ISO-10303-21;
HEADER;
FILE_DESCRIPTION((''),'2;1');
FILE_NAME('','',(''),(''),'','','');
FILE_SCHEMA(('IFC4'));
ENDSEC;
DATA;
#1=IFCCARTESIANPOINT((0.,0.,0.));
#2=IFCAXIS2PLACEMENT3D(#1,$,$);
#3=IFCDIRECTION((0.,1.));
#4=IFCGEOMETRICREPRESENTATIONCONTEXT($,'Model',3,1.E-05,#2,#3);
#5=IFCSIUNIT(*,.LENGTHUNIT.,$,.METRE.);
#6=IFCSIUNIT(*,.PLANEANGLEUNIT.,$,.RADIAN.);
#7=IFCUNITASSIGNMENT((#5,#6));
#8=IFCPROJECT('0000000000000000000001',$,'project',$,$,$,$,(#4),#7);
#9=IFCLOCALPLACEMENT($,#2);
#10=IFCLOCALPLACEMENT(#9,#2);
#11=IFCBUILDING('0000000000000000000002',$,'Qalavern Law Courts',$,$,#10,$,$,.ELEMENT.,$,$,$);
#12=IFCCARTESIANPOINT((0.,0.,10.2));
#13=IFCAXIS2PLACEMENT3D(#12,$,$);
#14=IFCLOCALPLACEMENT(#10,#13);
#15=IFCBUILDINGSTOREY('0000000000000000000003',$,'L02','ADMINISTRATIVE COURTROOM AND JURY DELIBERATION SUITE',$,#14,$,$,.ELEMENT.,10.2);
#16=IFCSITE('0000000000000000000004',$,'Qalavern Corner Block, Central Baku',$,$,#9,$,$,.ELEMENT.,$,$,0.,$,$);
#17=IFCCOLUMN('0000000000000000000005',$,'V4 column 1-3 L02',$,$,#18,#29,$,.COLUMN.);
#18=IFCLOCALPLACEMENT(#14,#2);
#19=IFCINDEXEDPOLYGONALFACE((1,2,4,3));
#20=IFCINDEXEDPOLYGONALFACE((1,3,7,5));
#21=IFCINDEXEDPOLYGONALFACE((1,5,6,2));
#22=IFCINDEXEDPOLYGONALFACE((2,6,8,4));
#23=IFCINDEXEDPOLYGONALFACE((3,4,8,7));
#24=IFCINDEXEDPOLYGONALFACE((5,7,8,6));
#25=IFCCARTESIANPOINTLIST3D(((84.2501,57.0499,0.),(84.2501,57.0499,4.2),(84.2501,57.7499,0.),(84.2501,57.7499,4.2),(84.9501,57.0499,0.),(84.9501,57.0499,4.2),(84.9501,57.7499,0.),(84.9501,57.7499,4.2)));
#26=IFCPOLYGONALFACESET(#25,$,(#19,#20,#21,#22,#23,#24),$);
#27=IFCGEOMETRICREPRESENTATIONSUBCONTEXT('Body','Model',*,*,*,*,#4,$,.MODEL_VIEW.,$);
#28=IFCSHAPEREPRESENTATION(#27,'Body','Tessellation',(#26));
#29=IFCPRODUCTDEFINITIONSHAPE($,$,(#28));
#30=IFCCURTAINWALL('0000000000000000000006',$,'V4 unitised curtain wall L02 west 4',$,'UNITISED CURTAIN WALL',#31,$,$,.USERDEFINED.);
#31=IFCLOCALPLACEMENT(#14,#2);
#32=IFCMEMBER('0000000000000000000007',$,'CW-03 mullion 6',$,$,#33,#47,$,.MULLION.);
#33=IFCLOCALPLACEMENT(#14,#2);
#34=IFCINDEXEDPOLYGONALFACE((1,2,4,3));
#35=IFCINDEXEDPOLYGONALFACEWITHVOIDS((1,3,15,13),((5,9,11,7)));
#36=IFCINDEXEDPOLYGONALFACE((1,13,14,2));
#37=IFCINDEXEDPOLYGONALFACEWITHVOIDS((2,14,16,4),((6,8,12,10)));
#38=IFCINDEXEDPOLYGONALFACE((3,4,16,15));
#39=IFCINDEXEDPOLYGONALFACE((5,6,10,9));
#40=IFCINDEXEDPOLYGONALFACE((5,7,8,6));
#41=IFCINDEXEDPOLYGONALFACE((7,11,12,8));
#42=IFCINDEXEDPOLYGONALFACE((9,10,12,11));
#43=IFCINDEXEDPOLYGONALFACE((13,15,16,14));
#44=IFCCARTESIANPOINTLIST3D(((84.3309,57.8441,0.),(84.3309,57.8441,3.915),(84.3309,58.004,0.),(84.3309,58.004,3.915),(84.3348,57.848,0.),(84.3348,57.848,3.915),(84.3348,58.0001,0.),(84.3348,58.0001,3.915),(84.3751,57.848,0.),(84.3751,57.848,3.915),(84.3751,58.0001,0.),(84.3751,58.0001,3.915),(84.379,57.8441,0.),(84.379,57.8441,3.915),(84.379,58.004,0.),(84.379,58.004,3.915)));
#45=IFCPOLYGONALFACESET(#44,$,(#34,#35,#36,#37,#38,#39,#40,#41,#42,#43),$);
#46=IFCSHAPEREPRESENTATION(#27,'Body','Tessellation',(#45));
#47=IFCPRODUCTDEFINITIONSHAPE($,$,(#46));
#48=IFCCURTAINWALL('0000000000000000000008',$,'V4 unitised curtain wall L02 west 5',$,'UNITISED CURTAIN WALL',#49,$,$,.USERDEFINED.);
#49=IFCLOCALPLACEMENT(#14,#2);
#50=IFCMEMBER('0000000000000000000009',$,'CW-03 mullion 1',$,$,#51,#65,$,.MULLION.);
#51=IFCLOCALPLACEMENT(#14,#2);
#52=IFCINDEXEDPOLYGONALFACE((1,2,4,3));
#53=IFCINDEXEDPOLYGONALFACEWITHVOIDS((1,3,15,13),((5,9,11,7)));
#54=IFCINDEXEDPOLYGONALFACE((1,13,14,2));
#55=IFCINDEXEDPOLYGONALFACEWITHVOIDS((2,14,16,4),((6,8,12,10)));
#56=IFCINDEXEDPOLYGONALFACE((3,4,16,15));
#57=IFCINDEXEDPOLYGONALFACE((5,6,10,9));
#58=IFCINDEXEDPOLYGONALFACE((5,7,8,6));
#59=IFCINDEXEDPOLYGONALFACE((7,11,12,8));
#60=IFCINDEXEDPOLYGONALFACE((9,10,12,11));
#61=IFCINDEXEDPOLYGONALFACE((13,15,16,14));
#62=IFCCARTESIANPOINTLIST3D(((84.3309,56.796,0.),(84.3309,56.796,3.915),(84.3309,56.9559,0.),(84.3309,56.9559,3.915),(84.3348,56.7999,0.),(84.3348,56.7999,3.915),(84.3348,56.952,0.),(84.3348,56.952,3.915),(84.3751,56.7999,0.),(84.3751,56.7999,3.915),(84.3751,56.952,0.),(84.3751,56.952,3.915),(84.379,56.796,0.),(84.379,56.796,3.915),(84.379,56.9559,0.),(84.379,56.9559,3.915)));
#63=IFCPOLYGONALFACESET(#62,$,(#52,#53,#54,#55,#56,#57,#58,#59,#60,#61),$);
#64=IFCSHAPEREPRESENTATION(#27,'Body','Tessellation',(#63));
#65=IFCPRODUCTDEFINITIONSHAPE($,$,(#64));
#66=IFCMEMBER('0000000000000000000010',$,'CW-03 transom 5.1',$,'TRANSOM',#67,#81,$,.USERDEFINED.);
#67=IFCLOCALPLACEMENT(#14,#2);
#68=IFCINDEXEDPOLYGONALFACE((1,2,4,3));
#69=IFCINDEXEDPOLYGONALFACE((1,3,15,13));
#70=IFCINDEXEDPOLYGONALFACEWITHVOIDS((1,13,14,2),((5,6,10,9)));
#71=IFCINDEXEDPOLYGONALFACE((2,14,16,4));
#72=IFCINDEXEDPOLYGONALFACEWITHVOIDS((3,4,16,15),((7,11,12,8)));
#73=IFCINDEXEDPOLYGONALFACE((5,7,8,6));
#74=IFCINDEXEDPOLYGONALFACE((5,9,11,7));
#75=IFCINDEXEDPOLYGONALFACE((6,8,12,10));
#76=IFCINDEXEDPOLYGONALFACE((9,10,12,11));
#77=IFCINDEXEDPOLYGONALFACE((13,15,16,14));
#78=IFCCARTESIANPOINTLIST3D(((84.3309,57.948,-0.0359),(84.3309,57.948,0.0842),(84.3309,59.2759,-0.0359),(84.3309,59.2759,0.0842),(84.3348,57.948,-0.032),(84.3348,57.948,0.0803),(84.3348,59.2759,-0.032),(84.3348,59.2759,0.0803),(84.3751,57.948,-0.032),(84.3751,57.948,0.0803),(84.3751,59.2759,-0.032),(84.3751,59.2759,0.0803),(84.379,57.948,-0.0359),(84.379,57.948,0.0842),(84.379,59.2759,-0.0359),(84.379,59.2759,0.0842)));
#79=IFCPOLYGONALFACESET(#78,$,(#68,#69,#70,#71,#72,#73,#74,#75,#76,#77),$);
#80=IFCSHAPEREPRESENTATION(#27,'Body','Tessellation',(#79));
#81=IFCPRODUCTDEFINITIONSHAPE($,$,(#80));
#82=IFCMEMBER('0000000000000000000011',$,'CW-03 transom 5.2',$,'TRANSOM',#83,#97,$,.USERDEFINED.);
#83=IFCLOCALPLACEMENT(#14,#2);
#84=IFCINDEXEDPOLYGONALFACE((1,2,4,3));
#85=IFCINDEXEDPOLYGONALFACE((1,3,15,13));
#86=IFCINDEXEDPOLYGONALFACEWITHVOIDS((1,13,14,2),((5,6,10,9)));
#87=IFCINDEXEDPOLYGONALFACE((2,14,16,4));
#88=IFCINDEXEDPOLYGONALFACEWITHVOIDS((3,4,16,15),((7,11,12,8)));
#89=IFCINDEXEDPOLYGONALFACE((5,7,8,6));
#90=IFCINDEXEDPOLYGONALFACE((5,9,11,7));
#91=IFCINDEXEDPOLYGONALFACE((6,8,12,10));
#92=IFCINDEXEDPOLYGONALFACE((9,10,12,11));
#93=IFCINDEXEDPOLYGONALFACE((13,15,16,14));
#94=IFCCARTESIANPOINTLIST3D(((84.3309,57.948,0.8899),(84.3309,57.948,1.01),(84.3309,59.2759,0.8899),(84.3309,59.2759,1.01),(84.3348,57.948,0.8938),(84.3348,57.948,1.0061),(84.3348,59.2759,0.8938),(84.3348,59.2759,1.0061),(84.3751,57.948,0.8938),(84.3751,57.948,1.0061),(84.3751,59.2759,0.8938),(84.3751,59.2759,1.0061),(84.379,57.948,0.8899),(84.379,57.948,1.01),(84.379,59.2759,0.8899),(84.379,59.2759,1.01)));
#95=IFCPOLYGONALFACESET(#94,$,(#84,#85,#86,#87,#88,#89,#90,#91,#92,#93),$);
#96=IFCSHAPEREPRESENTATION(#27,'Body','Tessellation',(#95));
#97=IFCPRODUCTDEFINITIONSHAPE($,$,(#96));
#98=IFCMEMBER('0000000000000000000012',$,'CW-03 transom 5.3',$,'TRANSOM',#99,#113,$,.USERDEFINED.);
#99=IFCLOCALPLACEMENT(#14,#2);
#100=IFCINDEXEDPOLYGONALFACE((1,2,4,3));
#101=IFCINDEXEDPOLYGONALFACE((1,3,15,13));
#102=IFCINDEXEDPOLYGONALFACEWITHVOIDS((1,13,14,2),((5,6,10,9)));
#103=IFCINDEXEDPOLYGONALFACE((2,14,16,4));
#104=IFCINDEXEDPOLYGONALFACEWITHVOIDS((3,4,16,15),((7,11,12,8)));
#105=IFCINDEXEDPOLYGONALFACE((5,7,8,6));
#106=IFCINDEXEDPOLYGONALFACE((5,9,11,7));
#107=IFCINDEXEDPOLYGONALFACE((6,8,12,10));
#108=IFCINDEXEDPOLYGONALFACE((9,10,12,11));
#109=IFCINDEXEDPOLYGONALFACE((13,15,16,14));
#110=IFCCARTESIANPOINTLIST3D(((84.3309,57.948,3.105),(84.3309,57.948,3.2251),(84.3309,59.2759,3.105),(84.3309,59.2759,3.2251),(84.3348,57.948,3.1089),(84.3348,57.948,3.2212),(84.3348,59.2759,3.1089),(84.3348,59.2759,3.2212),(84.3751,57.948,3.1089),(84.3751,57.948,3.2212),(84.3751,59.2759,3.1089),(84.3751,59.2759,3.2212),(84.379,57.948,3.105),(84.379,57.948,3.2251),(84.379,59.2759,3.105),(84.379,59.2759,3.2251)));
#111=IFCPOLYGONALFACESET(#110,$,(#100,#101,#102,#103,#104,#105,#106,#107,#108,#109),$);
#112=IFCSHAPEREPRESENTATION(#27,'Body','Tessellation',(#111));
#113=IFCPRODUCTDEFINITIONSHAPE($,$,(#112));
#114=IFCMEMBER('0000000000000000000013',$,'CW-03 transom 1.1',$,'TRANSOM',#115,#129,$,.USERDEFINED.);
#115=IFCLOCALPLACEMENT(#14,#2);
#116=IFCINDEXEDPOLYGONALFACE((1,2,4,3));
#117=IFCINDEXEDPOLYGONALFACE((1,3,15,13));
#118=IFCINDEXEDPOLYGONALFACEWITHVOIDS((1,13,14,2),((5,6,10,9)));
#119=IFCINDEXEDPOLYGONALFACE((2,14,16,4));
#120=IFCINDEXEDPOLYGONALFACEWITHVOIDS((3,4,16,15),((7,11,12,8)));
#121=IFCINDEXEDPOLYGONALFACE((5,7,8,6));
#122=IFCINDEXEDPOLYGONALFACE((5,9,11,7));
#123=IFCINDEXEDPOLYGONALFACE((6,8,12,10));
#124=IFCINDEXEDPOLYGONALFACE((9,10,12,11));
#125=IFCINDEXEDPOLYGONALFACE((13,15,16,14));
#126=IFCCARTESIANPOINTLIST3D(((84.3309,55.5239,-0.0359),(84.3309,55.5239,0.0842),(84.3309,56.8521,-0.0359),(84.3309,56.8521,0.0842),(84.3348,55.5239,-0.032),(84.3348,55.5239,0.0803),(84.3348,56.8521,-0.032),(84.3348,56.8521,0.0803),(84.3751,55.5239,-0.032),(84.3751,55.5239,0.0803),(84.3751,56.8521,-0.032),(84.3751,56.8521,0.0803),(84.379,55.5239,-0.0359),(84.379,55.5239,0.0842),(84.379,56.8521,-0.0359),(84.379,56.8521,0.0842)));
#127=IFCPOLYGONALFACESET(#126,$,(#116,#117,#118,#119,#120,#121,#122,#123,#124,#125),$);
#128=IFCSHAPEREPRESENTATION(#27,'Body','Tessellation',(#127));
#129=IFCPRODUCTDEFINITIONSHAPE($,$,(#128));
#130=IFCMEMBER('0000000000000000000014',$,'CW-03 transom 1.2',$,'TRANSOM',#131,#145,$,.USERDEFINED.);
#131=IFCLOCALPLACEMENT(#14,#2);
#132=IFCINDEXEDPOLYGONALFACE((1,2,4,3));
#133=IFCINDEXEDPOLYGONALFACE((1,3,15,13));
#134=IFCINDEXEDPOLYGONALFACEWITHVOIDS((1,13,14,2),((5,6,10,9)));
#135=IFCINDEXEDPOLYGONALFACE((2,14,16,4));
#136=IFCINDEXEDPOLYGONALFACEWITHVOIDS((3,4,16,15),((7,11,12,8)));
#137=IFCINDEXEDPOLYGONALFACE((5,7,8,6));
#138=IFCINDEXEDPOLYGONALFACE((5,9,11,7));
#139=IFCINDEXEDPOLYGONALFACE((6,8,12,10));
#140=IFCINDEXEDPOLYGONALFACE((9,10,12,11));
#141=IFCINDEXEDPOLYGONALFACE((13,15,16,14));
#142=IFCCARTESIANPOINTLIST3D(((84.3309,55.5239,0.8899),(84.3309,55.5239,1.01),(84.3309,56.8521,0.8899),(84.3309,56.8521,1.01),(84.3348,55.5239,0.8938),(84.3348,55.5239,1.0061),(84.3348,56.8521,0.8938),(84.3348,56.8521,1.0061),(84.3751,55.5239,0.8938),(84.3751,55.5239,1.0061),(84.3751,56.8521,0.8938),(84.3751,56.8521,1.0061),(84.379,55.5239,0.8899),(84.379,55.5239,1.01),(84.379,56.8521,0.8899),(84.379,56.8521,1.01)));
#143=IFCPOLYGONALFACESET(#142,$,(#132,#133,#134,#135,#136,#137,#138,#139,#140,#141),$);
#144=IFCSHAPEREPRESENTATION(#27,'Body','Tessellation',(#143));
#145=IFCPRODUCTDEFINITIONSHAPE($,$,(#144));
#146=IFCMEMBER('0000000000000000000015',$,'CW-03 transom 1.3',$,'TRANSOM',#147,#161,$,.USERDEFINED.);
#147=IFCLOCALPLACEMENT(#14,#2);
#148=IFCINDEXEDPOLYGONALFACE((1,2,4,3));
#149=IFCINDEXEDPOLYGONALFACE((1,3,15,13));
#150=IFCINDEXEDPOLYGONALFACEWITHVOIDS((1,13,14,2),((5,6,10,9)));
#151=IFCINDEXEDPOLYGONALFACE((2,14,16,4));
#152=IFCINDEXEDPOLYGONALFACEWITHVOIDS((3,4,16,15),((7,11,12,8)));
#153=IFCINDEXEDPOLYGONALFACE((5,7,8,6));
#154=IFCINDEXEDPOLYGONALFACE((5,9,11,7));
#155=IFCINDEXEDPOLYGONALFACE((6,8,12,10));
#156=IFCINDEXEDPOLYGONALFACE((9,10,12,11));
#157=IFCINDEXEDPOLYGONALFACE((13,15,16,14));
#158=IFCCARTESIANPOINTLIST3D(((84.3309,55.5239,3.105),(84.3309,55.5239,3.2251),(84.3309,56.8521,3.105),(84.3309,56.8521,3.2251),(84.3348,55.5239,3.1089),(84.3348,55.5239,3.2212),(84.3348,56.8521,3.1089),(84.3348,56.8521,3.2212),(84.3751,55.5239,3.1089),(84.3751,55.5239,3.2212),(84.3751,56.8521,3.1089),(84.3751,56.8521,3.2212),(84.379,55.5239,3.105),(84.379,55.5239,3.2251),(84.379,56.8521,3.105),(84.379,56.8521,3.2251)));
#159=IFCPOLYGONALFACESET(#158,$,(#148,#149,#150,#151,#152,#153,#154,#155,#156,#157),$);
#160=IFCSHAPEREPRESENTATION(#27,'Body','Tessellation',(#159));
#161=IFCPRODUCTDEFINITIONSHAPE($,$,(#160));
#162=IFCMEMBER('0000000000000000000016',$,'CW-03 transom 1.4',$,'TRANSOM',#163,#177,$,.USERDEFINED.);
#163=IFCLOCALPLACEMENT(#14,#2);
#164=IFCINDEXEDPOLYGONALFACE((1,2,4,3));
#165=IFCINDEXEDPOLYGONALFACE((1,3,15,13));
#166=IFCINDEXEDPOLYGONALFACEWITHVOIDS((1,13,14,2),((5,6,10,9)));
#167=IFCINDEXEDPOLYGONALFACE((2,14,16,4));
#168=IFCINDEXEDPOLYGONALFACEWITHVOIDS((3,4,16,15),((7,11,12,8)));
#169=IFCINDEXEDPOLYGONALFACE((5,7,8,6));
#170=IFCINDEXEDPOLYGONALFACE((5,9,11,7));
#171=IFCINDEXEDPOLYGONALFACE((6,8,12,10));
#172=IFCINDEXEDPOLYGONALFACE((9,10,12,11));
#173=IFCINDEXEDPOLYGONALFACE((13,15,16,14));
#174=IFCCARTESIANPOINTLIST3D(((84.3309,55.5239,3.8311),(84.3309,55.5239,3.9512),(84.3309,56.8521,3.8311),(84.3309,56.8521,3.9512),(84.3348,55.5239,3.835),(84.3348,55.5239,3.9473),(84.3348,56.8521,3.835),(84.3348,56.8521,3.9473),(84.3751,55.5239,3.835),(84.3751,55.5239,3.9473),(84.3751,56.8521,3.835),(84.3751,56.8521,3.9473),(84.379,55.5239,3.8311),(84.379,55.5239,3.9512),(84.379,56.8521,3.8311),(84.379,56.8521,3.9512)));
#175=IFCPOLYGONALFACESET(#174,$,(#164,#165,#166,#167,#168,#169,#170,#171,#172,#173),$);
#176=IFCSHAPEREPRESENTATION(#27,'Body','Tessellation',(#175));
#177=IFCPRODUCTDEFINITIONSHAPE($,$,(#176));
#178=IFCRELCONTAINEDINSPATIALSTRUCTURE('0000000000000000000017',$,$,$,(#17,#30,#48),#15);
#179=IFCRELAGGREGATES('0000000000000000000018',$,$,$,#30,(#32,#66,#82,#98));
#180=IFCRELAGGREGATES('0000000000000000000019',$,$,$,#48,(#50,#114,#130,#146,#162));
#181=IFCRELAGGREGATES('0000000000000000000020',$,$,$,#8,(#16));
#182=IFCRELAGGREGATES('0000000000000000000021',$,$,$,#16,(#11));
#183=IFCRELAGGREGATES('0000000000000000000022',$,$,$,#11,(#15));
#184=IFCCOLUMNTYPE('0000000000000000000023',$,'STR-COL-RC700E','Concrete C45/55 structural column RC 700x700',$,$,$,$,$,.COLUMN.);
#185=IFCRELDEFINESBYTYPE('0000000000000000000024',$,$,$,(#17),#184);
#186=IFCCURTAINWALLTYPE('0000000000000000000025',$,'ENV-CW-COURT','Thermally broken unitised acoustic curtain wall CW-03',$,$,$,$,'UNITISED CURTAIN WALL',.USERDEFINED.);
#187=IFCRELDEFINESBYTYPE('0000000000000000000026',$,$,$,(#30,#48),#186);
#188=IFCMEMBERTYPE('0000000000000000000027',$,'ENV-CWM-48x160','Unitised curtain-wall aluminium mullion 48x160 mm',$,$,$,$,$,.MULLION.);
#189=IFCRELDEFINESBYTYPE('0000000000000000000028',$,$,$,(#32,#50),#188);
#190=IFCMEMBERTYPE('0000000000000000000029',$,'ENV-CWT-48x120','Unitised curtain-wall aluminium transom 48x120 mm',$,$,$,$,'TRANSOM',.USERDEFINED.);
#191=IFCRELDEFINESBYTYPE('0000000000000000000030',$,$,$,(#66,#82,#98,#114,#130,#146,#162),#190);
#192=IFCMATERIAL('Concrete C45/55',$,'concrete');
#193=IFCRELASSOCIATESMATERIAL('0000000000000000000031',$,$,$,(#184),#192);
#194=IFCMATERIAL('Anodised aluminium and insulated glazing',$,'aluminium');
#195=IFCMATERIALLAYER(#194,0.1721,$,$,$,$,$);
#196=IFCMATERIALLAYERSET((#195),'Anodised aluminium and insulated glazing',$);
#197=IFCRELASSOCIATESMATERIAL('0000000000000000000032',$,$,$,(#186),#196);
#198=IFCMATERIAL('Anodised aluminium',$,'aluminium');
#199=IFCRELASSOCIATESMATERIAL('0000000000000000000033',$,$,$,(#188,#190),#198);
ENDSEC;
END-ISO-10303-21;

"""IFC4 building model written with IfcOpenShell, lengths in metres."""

from ifc_helpers import new_model, si_unit, direction, frame, origin, origin_2d, place, context, subcontext, project, spatial, rectangle, hollow_rectangle, extrude, material, layer, layer_set, material_profile, profile_set, type_object, element, aggregate, save


model = new_model("IFC4")

# Units and contexts
model_context = context("Model", 3, precision=1e-05, world=origin(), true_north=direction((0.0, 1.0)))
body_context = subcontext(model_context, "Body", "Model", "MODEL_VIEW")
ifc_project = project(units=[si_unit("LENGTHUNIT", "METRE"), si_unit("PLANEANGLEUNIT", "RADIAN")], contexts=[model_context])

# Site, building, storey
site_placement = place(None, origin())
site = spatial("IfcSite", under=ifc_project, at=site_placement, Name="Qalavern Corner Block, Central Baku", CompositionType="ELEMENT", RefElevation=0.0)
building_placement = place(site_placement, origin())
building = spatial("IfcBuilding", under=site, at=building_placement, Name="Qalavern Law Courts", CompositionType="ELEMENT")
storey_placement = place(building_placement, frame((0.0, 0.0, 10.2)))
storey = spatial("IfcBuildingStorey", under=building, at=storey_placement, Name="L02", Description="ADMINISTRATIVE COURTROOM AND JURY DELIBERATION SUITE", CompositionType="ELEMENT", Elevation=10.2)

# Column
ifc_material_1 = material(Name="Concrete C45/55", Category="concrete")
ifc_material_profile_1 = material_profile(ifc_material_1, rectangle(XDim=0.7, YDim=0.7, at=origin_2d()), Name="RC 700x700")
ifc_profile_set_1 = profile_set([ifc_material_profile_1], Name="Concrete C45/55")
column_type = type_object("IfcColumnType", Name="STR-COL-RC700E", Description="Concrete C45/55 structural column RC 700x700", PredefinedType="COLUMN", material=ifc_profile_set_1)
column_placement = place(storey_placement, frame((84.6001, 57.3999, 0.0), z_axis=(0.0, 0.0, 1.0), x_axis=(1.0, 0.0, 0.0)))
element("IfcColumn", 1, at=column_placement, inside=storey, type_object=column_type, Name="V4 column 1-3 L02", PredefinedType="COLUMN", context=body_context, shape_type="SweptSolid", body=[
    extrude(rectangle(XDim=0.7, YDim=0.7, at=origin_2d()), origin(), (0.0, 0.0, 1.0), 4.2),
])

# Curtain walls, members
ifc_material_2 = material(Name="Anodised aluminium and insulated glazing", Category="aluminium")
ifc_layer_1 = layer(ifc_material_2, 0.1721)
ifc_layer_set_1 = layer_set([ifc_layer_1], Name="Anodised aluminium and insulated glazing")
curtain_wall_type = type_object("IfcCurtainWallType", Name="ENV-CW-COURT", Description="Thermally broken unitised acoustic curtain wall CW-03", ElementType="UNITISED CURTAIN WALL", PredefinedType="USERDEFINED", material=ifc_layer_set_1)
curtain_wall_1_placement = place(storey_placement, origin())
curtain_wall_1 = element("IfcCurtainWall", 2, at=curtain_wall_1_placement, inside=storey, type_object=curtain_wall_type, Name="V4 unitised curtain wall L02 west 4", ObjectType="UNITISED CURTAIN WALL", PredefinedType="USERDEFINED")
ifc_material_3 = material(Name="Anodised aluminium", Category="aluminium")
ifc_material_profile_2 = material_profile(ifc_material_3, hollow_rectangle(XDim=0.0481, YDim=0.1599, WallThickness=0.0039, at=origin_2d()), Name="ALU MULLION 48x160")
ifc_profile_set_2 = profile_set([ifc_material_profile_2], Name="Anodised aluminium")
member_type_1 = type_object("IfcMemberType", Name="ENV-CWM-48x160", Description="Unitised curtain-wall aluminium mullion 48x160 mm", PredefinedType="MULLION", material=ifc_profile_set_2)
member_1_placement = place(storey_placement, frame((84.355, 57.9241, 0.0), z_axis=(0.0, 0.0, 1.0), x_axis=(1.0, 0.0, 0.0)))
member_1 = element("IfcMember", 3, at=member_1_placement, type_object=member_type_1, Name="CW-03 mullion 6", PredefinedType="MULLION", context=body_context, shape_type="SweptSolid", body=[
    extrude(hollow_rectangle(XDim=0.0481, YDim=0.1599, WallThickness=0.0039, at=origin_2d()), origin(), (0.0, 0.0, 1.0), 3.915),
])
curtain_wall_2_placement = place(storey_placement, origin())
curtain_wall_2 = element("IfcCurtainWall", 4, at=curtain_wall_2_placement, inside=storey, type_object=curtain_wall_type, Name="V4 unitised curtain wall L02 west 5", ObjectType="UNITISED CURTAIN WALL", PredefinedType="USERDEFINED")
member_2_placement = place(storey_placement, frame((84.355, 56.876, 0.0), z_axis=(0.0, 0.0, 1.0), x_axis=(1.0, 0.0, 0.0)))
member_2 = element("IfcMember", 5, at=member_2_placement, type_object=member_type_1, Name="CW-03 mullion 1", PredefinedType="MULLION", context=body_context, shape_type="SweptSolid", body=[
    extrude(hollow_rectangle(XDim=0.0481, YDim=0.1599, WallThickness=0.0039, at=origin_2d()), origin(), (0.0, 0.0, 1.0), 3.915),
])

# Members
ifc_material_profile_3 = material_profile(ifc_material_3, hollow_rectangle(XDim=0.0481, YDim=0.1201, WallThickness=0.0039, at=origin_2d()), Name="ALU TRANSOM 48x120")
ifc_profile_set_3 = profile_set([ifc_material_profile_3], Name="Anodised aluminium")
member_type_2 = type_object("IfcMemberType", Name="ENV-CWT-48x120", Description="Unitised curtain-wall aluminium transom 48x120 mm", ElementType="TRANSOM", PredefinedType="USERDEFINED", material=ifc_profile_set_3)
member_3_placement = place(storey_placement, frame((84.355, 59.2759, 0.0242), z_axis=(0.0, -1.0, 0.0), x_axis=(1.0, 0.0, 0.0)))
member_3 = element("IfcMember", 6, at=member_3_placement, type_object=member_type_2, Name="CW-03 transom 5.1", ObjectType="TRANSOM", PredefinedType="USERDEFINED", context=body_context, shape_type="SweptSolid", body=[
    extrude(hollow_rectangle(XDim=0.0481, YDim=0.1201, WallThickness=0.0039, at=origin_2d()), origin(), (0.0, 0.0, 1.0), 1.3279),
])
member_4_placement = place(storey_placement, frame((84.355, 59.2759, 0.95), z_axis=(0.0, -1.0, 0.0), x_axis=(1.0, 0.0, 0.0)))
member_4 = element("IfcMember", 7, at=member_4_placement, type_object=member_type_2, Name="CW-03 transom 5.2", ObjectType="TRANSOM", PredefinedType="USERDEFINED", context=body_context, shape_type="SweptSolid", body=[
    extrude(hollow_rectangle(XDim=0.0481, YDim=0.1201, WallThickness=0.0039, at=origin_2d()), origin(), (0.0, 0.0, 1.0), 1.3279),
])
member_5_placement = place(storey_placement, frame((84.355, 59.2759, 3.165), z_axis=(0.0, -1.0, 0.0), x_axis=(1.0, 0.0, 0.0)))
member_5 = element("IfcMember", 8, at=member_5_placement, type_object=member_type_2, Name="CW-03 transom 5.3", ObjectType="TRANSOM", PredefinedType="USERDEFINED", context=body_context, shape_type="SweptSolid", body=[
    extrude(hollow_rectangle(XDim=0.0481, YDim=0.1201, WallThickness=0.0039, at=origin_2d()), origin(), (0.0, 0.0, 1.0), 1.3279),
])
member_6_placement = place(storey_placement, frame((84.355, 56.8521, 0.0242), z_axis=(0.0, -1.0, 0.0), x_axis=(1.0, 0.0, 0.0)))
member_6 = element("IfcMember", 9, at=member_6_placement, type_object=member_type_2, Name="CW-03 transom 1.1", ObjectType="TRANSOM", PredefinedType="USERDEFINED", context=body_context, shape_type="SweptSolid", body=[
    extrude(hollow_rectangle(XDim=0.0481, YDim=0.1201, WallThickness=0.0039, at=origin_2d()), origin(), (0.0, 0.0, 1.0), 1.3281),
])
member_7_placement = place(storey_placement, frame((84.355, 56.8521, 0.95), z_axis=(0.0, -1.0, 0.0), x_axis=(1.0, 0.0, 0.0)))
member_7 = element("IfcMember", 10, at=member_7_placement, type_object=member_type_2, Name="CW-03 transom 1.2", ObjectType="TRANSOM", PredefinedType="USERDEFINED", context=body_context, shape_type="SweptSolid", body=[
    extrude(hollow_rectangle(XDim=0.0481, YDim=0.1201, WallThickness=0.0039, at=origin_2d()), origin(), (0.0, 0.0, 1.0), 1.3281),
])
member_8_placement = place(storey_placement, frame((84.355, 56.8521, 3.165), z_axis=(0.0, -1.0, 0.0), x_axis=(1.0, 0.0, 0.0)))
member_8 = element("IfcMember", 11, at=member_8_placement, type_object=member_type_2, Name="CW-03 transom 1.3", ObjectType="TRANSOM", PredefinedType="USERDEFINED", context=body_context, shape_type="SweptSolid", body=[
    extrude(hollow_rectangle(XDim=0.0481, YDim=0.1201, WallThickness=0.0039, at=origin_2d()), origin(), (0.0, 0.0, 1.0), 1.3281),
])
member_9_placement = place(storey_placement, frame((84.355, 56.8521, 3.8911), z_axis=(0.0, -1.0, 0.0), x_axis=(1.0, 0.0, 0.0)))
member_9 = element("IfcMember", 12, at=member_9_placement, type_object=member_type_2, Name="CW-03 transom 1.4", ObjectType="TRANSOM", PredefinedType="USERDEFINED", context=body_context, shape_type="SweptSolid", body=[
    extrude(hollow_rectangle(XDim=0.0481, YDim=0.1201, WallThickness=0.0039, at=origin_2d()), origin(), (0.0, 0.0, 1.0), 1.3281),
])

aggregate(curtain_wall_1, [member_1, member_3, member_4, member_5])
aggregate(curtain_wall_2, [member_2, member_6, member_7, member_8, member_9])

save(model, "model.ifc")
